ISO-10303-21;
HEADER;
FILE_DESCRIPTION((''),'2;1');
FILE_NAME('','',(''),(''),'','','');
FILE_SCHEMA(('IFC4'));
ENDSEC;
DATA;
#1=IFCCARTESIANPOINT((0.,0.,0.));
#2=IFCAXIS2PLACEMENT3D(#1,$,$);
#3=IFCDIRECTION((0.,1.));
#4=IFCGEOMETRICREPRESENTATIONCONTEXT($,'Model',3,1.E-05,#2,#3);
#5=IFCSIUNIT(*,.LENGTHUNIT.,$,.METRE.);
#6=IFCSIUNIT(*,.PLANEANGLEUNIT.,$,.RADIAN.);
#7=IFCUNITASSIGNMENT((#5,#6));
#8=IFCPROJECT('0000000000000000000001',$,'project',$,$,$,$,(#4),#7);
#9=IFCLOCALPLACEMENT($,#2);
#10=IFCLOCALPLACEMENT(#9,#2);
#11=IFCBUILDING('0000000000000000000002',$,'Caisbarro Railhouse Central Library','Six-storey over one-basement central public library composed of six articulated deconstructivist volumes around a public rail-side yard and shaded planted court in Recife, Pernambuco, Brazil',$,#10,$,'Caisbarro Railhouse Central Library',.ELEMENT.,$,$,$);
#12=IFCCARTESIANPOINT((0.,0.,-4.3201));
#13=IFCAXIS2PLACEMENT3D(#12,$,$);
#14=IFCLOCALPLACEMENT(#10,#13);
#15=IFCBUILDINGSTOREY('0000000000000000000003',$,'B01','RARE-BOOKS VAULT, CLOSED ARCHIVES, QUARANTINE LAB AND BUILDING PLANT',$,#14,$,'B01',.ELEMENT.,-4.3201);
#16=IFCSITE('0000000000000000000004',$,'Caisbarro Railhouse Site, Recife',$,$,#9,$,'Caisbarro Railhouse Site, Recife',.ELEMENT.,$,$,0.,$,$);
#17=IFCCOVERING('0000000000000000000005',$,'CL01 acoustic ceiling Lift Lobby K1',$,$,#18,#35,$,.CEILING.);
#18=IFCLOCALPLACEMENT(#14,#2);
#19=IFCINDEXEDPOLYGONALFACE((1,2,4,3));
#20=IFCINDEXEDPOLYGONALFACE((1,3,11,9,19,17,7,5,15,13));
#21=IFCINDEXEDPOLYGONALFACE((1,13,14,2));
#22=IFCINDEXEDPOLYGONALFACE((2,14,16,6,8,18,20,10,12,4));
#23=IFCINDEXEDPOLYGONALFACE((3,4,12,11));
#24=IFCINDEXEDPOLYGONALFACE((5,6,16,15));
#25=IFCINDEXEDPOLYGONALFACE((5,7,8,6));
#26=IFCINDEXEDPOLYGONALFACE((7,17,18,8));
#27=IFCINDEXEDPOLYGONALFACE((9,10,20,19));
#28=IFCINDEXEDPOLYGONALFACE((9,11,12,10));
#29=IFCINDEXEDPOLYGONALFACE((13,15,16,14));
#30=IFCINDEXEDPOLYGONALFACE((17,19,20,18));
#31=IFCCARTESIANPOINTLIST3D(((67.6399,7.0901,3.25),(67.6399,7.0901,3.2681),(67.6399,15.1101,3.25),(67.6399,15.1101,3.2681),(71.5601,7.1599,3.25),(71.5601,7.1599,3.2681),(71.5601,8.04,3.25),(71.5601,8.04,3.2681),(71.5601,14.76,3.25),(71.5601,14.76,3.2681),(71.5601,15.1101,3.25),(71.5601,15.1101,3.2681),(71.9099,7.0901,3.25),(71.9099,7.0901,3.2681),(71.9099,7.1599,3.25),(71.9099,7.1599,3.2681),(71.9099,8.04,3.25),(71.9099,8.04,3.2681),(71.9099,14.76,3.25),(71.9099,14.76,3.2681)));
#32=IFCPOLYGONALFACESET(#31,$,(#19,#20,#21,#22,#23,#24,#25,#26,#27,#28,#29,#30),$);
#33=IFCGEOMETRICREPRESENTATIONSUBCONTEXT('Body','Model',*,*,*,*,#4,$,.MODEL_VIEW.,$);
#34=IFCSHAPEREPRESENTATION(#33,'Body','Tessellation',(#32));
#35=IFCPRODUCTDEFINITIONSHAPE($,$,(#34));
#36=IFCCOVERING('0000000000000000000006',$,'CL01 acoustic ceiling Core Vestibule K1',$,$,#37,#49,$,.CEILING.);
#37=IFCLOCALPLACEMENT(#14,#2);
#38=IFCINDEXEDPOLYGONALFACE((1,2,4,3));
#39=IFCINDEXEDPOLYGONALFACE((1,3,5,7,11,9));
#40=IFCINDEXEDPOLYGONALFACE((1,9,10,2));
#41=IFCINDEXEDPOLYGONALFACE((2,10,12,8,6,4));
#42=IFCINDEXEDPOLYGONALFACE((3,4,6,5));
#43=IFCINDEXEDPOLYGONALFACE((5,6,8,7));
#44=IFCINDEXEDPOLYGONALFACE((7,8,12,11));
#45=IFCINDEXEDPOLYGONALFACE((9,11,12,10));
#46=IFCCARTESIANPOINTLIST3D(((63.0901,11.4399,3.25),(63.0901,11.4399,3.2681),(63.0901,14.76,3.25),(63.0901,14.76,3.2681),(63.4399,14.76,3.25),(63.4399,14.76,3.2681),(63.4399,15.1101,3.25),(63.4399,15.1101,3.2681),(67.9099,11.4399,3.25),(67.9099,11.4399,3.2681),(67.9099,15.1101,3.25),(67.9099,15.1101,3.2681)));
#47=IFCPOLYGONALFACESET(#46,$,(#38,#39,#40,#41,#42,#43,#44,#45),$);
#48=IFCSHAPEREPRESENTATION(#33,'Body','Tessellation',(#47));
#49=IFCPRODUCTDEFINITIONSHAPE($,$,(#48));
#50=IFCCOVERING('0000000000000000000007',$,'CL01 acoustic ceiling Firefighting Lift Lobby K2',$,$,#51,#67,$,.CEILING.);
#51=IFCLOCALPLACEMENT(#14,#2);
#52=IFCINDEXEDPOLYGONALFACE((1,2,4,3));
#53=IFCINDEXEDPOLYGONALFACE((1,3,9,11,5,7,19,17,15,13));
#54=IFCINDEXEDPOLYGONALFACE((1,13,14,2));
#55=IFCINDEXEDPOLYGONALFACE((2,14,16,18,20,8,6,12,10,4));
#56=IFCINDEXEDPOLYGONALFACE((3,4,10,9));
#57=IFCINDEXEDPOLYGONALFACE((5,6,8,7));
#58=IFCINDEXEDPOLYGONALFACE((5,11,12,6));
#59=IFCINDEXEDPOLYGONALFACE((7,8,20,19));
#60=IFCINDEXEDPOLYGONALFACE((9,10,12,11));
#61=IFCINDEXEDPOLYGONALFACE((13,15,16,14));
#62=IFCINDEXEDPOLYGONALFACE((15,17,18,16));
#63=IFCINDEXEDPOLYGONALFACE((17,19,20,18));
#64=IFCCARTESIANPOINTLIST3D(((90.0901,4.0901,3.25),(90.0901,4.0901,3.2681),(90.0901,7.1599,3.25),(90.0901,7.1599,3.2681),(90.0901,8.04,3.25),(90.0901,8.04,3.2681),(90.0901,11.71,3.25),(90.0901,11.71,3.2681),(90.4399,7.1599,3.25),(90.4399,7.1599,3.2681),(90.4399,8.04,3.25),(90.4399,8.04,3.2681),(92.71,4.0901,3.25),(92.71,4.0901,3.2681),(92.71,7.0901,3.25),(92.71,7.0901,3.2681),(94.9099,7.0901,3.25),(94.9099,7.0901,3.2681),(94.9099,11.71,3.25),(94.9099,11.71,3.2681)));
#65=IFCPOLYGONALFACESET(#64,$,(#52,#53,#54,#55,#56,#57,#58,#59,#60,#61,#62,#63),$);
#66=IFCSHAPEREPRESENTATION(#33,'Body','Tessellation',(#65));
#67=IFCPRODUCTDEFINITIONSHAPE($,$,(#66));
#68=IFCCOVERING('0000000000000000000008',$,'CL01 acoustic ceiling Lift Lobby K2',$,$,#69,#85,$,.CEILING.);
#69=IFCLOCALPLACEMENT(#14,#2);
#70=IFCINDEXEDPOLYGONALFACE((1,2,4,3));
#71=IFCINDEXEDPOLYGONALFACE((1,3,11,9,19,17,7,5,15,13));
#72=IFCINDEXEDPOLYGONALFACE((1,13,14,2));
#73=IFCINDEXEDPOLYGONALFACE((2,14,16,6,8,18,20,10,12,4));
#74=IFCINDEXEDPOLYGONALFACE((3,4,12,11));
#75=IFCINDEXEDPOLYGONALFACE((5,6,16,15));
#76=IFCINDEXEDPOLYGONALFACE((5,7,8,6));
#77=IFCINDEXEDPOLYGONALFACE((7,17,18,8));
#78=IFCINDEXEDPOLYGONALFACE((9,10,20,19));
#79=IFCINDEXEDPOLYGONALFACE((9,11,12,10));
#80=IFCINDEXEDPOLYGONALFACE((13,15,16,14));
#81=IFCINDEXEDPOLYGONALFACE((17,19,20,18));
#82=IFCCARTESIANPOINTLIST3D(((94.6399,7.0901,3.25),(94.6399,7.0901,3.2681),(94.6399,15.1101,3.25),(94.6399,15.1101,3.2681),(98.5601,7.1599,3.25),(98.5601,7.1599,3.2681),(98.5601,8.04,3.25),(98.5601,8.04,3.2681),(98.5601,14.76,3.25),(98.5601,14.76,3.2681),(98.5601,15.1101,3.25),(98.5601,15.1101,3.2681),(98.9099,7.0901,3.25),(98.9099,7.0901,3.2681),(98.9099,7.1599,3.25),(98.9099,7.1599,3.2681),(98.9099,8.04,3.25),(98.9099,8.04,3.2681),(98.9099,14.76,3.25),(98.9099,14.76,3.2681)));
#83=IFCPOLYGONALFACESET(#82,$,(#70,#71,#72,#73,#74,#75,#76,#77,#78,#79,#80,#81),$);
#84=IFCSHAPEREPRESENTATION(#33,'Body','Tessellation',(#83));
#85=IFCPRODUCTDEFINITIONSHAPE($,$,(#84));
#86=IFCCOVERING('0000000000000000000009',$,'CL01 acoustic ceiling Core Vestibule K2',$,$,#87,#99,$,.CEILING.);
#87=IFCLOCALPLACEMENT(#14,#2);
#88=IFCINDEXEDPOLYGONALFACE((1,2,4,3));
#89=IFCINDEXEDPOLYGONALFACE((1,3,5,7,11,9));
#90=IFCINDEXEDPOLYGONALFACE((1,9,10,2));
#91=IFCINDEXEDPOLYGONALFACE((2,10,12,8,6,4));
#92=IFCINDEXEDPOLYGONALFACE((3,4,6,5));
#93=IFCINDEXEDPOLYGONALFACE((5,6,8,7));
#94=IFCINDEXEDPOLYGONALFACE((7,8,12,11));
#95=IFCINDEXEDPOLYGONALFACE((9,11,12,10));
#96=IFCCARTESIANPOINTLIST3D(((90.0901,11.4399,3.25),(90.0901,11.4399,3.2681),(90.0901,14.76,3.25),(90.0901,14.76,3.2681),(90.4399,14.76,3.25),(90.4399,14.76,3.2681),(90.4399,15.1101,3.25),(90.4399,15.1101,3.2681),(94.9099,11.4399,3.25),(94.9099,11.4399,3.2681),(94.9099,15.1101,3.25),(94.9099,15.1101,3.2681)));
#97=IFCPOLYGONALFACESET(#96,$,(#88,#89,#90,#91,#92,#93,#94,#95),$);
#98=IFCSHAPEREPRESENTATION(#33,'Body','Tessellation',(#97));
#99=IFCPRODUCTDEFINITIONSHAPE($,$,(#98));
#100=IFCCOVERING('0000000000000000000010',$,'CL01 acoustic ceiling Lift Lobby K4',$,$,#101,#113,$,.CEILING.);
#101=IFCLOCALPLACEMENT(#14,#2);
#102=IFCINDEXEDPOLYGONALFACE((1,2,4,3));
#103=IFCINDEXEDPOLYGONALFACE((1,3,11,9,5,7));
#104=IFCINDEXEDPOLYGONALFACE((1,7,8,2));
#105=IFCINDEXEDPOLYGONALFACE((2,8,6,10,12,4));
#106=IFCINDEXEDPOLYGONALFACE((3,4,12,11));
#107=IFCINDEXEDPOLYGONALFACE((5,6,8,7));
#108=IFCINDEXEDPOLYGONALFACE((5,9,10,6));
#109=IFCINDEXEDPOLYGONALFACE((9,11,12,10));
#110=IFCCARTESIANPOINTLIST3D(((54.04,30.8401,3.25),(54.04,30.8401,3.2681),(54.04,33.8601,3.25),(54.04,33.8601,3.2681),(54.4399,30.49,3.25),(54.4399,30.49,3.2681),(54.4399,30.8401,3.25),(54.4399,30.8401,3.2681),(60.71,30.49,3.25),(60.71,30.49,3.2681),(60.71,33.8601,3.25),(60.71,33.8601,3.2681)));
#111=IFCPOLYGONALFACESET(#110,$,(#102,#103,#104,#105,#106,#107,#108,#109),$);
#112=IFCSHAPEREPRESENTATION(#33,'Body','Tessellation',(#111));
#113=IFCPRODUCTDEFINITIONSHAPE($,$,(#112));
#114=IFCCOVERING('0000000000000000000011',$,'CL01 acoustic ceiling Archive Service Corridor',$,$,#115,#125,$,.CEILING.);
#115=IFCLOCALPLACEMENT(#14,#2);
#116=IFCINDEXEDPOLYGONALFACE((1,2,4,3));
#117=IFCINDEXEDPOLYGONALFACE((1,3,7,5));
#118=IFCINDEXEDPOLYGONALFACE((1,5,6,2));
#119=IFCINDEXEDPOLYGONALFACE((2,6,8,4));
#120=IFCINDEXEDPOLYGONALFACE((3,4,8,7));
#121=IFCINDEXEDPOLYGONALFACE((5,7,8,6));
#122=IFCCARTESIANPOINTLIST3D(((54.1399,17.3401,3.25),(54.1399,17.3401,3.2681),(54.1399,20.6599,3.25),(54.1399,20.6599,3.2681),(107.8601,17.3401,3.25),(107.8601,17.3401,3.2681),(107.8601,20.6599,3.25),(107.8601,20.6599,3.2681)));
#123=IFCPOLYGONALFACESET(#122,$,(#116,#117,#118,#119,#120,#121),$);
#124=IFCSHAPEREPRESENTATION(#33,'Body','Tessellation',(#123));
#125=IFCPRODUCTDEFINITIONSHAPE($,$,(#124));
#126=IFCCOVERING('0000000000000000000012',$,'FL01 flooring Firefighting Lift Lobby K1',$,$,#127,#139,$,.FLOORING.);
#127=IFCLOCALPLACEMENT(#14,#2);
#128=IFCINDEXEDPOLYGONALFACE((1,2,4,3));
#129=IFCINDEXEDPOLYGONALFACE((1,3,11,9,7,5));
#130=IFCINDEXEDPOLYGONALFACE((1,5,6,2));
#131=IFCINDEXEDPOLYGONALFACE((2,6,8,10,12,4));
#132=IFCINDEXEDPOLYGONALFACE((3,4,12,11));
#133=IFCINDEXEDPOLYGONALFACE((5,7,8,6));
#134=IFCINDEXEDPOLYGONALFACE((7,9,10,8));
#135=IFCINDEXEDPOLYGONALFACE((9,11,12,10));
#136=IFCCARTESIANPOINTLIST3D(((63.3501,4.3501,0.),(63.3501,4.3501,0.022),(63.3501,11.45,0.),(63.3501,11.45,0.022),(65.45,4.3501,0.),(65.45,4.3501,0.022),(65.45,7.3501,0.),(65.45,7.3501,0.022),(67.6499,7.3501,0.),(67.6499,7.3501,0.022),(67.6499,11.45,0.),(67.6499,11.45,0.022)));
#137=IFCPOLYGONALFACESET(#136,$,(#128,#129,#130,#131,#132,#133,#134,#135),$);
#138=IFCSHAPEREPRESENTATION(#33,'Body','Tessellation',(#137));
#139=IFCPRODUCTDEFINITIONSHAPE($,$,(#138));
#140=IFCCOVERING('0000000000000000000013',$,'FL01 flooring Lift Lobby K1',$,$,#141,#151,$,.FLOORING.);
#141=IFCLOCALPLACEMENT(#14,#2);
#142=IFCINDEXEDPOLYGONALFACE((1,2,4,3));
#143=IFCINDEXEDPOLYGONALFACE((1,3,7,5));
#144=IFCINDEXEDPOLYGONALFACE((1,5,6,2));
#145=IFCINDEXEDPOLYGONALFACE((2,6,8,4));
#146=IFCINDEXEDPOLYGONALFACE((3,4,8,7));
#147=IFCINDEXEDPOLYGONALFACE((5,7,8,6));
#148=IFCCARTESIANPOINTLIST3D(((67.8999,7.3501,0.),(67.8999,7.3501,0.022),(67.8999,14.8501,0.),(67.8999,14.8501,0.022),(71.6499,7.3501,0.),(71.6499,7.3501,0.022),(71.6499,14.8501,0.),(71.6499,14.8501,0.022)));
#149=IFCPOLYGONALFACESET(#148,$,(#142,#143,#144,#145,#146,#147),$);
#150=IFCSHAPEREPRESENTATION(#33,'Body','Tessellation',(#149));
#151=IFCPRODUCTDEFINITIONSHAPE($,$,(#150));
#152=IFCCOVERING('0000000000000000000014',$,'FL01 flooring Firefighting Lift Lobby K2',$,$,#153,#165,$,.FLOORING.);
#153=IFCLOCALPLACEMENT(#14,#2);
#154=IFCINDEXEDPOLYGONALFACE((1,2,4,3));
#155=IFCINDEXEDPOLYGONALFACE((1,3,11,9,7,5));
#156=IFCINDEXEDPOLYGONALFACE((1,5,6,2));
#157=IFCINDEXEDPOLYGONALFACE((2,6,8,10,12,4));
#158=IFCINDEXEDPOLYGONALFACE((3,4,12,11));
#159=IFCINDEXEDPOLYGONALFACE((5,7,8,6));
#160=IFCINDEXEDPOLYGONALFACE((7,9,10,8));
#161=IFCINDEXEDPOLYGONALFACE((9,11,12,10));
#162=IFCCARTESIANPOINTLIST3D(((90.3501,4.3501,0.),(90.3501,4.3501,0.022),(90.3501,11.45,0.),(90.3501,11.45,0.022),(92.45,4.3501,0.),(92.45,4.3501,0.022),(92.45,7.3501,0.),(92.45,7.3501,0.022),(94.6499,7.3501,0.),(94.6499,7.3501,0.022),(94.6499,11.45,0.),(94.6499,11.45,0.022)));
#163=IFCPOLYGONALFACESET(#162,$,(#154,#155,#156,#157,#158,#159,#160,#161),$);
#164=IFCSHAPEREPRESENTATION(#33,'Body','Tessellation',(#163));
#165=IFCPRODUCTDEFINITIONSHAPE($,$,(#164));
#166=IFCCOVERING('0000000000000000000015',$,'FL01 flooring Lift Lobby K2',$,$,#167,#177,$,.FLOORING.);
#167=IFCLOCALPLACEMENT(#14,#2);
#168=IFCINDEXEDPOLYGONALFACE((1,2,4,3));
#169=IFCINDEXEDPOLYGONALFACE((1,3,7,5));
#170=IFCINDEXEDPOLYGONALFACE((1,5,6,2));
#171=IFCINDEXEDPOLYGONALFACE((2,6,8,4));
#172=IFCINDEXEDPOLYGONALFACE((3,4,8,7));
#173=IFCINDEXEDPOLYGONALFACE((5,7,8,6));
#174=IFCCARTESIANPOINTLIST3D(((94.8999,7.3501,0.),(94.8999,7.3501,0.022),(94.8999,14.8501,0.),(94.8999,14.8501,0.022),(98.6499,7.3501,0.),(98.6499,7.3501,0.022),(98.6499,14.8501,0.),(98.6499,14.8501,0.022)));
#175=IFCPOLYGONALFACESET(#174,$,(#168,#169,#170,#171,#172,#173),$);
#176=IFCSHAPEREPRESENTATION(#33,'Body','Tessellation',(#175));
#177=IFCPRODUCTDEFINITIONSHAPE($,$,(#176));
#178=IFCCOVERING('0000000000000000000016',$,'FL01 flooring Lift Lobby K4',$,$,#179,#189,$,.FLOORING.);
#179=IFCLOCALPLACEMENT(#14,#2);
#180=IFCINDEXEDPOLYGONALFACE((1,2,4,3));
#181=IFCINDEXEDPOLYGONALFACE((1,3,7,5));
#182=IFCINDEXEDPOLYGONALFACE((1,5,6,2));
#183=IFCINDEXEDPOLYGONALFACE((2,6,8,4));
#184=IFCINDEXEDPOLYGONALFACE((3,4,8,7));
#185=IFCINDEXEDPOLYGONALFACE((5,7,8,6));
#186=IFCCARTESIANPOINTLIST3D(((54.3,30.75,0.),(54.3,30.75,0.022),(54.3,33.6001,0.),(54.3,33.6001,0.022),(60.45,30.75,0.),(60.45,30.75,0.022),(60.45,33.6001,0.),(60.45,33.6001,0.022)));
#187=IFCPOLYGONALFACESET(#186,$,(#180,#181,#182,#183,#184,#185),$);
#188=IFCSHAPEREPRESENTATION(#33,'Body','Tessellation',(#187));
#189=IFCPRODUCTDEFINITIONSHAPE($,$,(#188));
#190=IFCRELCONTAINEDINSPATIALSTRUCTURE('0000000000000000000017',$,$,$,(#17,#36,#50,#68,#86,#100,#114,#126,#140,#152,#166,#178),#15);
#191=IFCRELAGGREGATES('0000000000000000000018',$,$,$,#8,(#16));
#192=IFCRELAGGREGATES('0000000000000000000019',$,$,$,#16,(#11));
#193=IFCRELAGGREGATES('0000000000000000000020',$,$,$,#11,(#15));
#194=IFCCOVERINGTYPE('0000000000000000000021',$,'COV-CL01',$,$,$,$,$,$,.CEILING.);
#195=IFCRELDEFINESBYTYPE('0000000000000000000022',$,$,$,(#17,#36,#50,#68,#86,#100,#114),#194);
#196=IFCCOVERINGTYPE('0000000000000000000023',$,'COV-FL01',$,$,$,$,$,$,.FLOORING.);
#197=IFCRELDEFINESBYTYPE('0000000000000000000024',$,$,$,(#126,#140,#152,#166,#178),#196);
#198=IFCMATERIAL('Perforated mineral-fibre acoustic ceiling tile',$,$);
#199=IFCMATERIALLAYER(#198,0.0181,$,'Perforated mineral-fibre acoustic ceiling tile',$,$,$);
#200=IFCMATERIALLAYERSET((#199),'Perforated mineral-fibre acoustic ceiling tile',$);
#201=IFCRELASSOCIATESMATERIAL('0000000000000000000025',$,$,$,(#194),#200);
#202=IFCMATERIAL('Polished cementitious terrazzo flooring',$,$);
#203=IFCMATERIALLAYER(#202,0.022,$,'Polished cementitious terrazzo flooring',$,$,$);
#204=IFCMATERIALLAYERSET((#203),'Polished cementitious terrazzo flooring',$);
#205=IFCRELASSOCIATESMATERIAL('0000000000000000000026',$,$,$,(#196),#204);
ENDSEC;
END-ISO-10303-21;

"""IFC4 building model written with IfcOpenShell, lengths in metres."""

from ifc_helpers import new_model, si_unit, direction, frame, origin, place, context, subcontext, project, spatial, polyline, outline, extrude, material, layer, layer_set, type_object, element, save


model = new_model("IFC4")

# Units and contexts
model_context = context("Model", 3, precision=1e-05, world=origin(), true_north=direction((0.0, 1.0)))
body_context = subcontext(model_context, "Body", "Model", "MODEL_VIEW")
ifc_project = project(units=[si_unit("LENGTHUNIT", "METRE"), si_unit("PLANEANGLEUNIT", "RADIAN")], contexts=[model_context])

# Site, building, storey
site_placement = place(None, origin())
site = spatial("IfcSite", under=ifc_project, at=site_placement, Name="Caisbarro Railhouse Site, Recife", LongName="Caisbarro Railhouse Site, Recife", CompositionType="ELEMENT", RefElevation=0.0)
building_placement = place(site_placement, origin())
building = spatial("IfcBuilding", under=site, at=building_placement, Name="Caisbarro Railhouse Central Library", Description="Six-storey over one-basement central public library composed of six articulated deconstructivist volumes around a public rail-side yard and shaded planted court in Recife, Pernambuco, Brazil", LongName="Caisbarro Railhouse Central Library", CompositionType="ELEMENT")
storey_placement = place(building_placement, frame((0.0, 0.0, -4.3201)))
storey = spatial("IfcBuildingStorey", under=building, at=storey_placement, Name="B01", Description="RARE-BOOKS VAULT, CLOSED ARCHIVES, QUARANTINE LAB AND BUILDING PLANT", LongName="B01", CompositionType="ELEMENT", Elevation=-4.3201)

# Coverings
ifc_material_1 = material(Name="Perforated mineral-fibre acoustic ceiling tile")
ifc_layer_1 = layer(ifc_material_1, 0.0181, Name="Perforated mineral-fibre acoustic ceiling tile")
ifc_layer_set_1 = layer_set([ifc_layer_1], Name="Perforated mineral-fibre acoustic ceiling tile")
covering_type_1 = type_object("IfcCoveringType", Name="COV-CL01", PredefinedType="CEILING", material=ifc_layer_set_1)
covering_1_placement = place(storey_placement, frame((0.0, 0.0, 3.25)))
element("IfcCovering", 1, at=covering_1_placement, inside=storey, type_object=covering_type_1, Name="CL01 acoustic ceiling Lift Lobby K1", PredefinedType="CEILING", context=body_context, shape_type="SweptSolid", body=[
    extrude(outline(polyline([(71.5601, 15.1101), (71.5601, 14.76), (71.9099, 14.76), (71.9099, 8.04), (71.5601, 8.04), (71.5601, 7.1599), (71.9099, 7.1599), (71.9099, 7.0901), (67.6399, 7.0901), (67.6399, 15.1101), (71.5601, 15.1101)])), origin(), (0.0, 0.0, 1.0), 0.0181),
])
covering_2_placement = place(storey_placement, frame((0.0, 0.0, 3.25)))
element("IfcCovering", 2, at=covering_2_placement, inside=storey, type_object=covering_type_1, Name="CL01 acoustic ceiling Core Vestibule K1", PredefinedType="CEILING", context=body_context, shape_type="SweptSolid", body=[
    extrude(outline(polyline([(63.0901, 14.76), (63.4399, 14.76), (63.4399, 15.1101), (67.9099, 15.1101), (67.9099, 11.4399), (63.0901, 11.4399), (63.0901, 14.76)])), origin(), (0.0, 0.0, 1.0), 0.0181),
])
covering_3_placement = place(storey_placement, frame((0.0, 0.0, 3.25)))
element("IfcCovering", 3, at=covering_3_placement, inside=storey, type_object=covering_type_1, Name="CL01 acoustic ceiling Firefighting Lift Lobby K2", PredefinedType="CEILING", context=body_context, shape_type="SweptSolid", body=[
    extrude(outline(polyline([(90.0901, 7.1599), (90.4399, 7.1599), (90.4399, 8.04), (90.0901, 8.04), (90.0901, 11.71), (94.9099, 11.71), (94.9099, 7.0901), (92.71, 7.0901), (92.71, 4.0901), (90.0901, 4.0901), (90.0901, 7.1599)])), origin(), (0.0, 0.0, 1.0), 0.0181),
])
covering_4_placement = place(storey_placement, frame((0.0, 0.0, 3.25)))
element("IfcCovering", 4, at=covering_4_placement, inside=storey, type_object=covering_type_1, Name="CL01 acoustic ceiling Lift Lobby K2", PredefinedType="CEILING", context=body_context, shape_type="SweptSolid", body=[
    extrude(outline(polyline([(98.5601, 15.1101), (98.5601, 14.76), (98.9099, 14.76), (98.9099, 8.04), (98.5601, 8.04), (98.5601, 7.1599), (98.9099, 7.1599), (98.9099, 7.0901), (94.6399, 7.0901), (94.6399, 15.1101), (98.5601, 15.1101)])), origin(), (0.0, 0.0, 1.0), 0.0181),
])
covering_5_placement = place(storey_placement, frame((0.0, 0.0, 3.25)))
element("IfcCovering", 5, at=covering_5_placement, inside=storey, type_object=covering_type_1, Name="CL01 acoustic ceiling Core Vestibule K2", PredefinedType="CEILING", context=body_context, shape_type="SweptSolid", body=[
    extrude(outline(polyline([(90.0901, 14.76), (90.4399, 14.76), (90.4399, 15.1101), (94.9099, 15.1101), (94.9099, 11.4399), (90.0901, 11.4399), (90.0901, 14.76)])), origin(), (0.0, 0.0, 1.0), 0.0181),
])
covering_6_placement = place(storey_placement, frame((0.0, 0.0, 3.25)))
element("IfcCovering", 6, at=covering_6_placement, inside=storey, type_object=covering_type_1, Name="CL01 acoustic ceiling Lift Lobby K4", PredefinedType="CEILING", context=body_context, shape_type="SweptSolid", body=[
    extrude(outline(polyline([(54.04, 33.8601), (60.71, 33.8601), (60.71, 30.49), (54.4399, 30.49), (54.4399, 30.8401), (54.04, 30.8401), (54.04, 33.8601)])), origin(), (0.0, 0.0, 1.0), 0.0181),
])
covering_7_placement = place(storey_placement, frame((0.0, 0.0, 3.25)))
element("IfcCovering", 7, at=covering_7_placement, inside=storey, type_object=covering_type_1, Name="CL01 acoustic ceiling Archive Service Corridor", PredefinedType="CEILING", context=body_context, shape_type="SweptSolid", body=[
    extrude(outline(polyline([(54.1399, 17.3401), (54.1399, 20.6599), (107.8601, 20.6599), (107.8601, 17.3401), (54.1399, 17.3401)])), origin(), (0.0, 0.0, 1.0), 0.0181),
])
ifc_material_2 = material(Name="Polished cementitious terrazzo flooring")
ifc_layer_2 = layer(ifc_material_2, 0.022, Name="Polished cementitious terrazzo flooring")
ifc_layer_set_2 = layer_set([ifc_layer_2], Name="Polished cementitious terrazzo flooring")
covering_type_2 = type_object("IfcCoveringType", Name="COV-FL01", PredefinedType="FLOORING", material=ifc_layer_set_2)
covering_8_placement = place(storey_placement, origin())
element("IfcCovering", 8, at=covering_8_placement, inside=storey, type_object=covering_type_2, Name="FL01 flooring Firefighting Lift Lobby K1", PredefinedType="FLOORING", context=body_context, shape_type="SweptSolid", body=[
    extrude(outline(polyline([(63.3501, 4.3501), (65.45, 4.3501), (65.45, 7.3501), (67.6499, 7.3501), (67.6499, 11.45), (63.3501, 11.45), (63.3501, 4.3501)])), origin(), (0.0, 0.0, 1.0), 0.022),
])
covering_9_placement = place(storey_placement, origin())
element("IfcCovering", 9, at=covering_9_placement, inside=storey, type_object=covering_type_2, Name="FL01 flooring Lift Lobby K1", PredefinedType="FLOORING", context=body_context, shape_type="SweptSolid", body=[
    extrude(outline(polyline([(67.8999, 7.3501), (71.6499, 7.3501), (71.6499, 14.8501), (67.8999, 14.8501), (67.8999, 7.3501)])), origin(), (0.0, 0.0, 1.0), 0.022),
])
covering_10_placement = place(storey_placement, origin())
element("IfcCovering", 10, at=covering_10_placement, inside=storey, type_object=covering_type_2, Name="FL01 flooring Firefighting Lift Lobby K2", PredefinedType="FLOORING", context=body_context, shape_type="SweptSolid", body=[
    extrude(outline(polyline([(90.3501, 4.3501), (92.45, 4.3501), (92.45, 7.3501), (94.6499, 7.3501), (94.6499, 11.45), (90.3501, 11.45), (90.3501, 4.3501)])), origin(), (0.0, 0.0, 1.0), 0.022),
])
covering_11_placement = place(storey_placement, origin())
element("IfcCovering", 11, at=covering_11_placement, inside=storey, type_object=covering_type_2, Name="FL01 flooring Lift Lobby K2", PredefinedType="FLOORING", context=body_context, shape_type="SweptSolid", body=[
    extrude(outline(polyline([(94.8999, 7.3501), (98.6499, 7.3501), (98.6499, 14.8501), (94.8999, 14.8501), (94.8999, 7.3501)])), origin(), (0.0, 0.0, 1.0), 0.022),
])
covering_12_placement = place(storey_placement, origin())
element("IfcCovering", 12, at=covering_12_placement, inside=storey, type_object=covering_type_2, Name="FL01 flooring Lift Lobby K4", PredefinedType="FLOORING", context=body_context, shape_type="SweptSolid", body=[
    extrude(outline(polyline([(54.3, 30.75), (60.45, 30.75), (60.45, 33.6001), (54.3, 33.6001), (54.3, 30.75)])), origin(), (0.0, 0.0, 1.0), 0.022),
])

save(model, "model.ifc")
